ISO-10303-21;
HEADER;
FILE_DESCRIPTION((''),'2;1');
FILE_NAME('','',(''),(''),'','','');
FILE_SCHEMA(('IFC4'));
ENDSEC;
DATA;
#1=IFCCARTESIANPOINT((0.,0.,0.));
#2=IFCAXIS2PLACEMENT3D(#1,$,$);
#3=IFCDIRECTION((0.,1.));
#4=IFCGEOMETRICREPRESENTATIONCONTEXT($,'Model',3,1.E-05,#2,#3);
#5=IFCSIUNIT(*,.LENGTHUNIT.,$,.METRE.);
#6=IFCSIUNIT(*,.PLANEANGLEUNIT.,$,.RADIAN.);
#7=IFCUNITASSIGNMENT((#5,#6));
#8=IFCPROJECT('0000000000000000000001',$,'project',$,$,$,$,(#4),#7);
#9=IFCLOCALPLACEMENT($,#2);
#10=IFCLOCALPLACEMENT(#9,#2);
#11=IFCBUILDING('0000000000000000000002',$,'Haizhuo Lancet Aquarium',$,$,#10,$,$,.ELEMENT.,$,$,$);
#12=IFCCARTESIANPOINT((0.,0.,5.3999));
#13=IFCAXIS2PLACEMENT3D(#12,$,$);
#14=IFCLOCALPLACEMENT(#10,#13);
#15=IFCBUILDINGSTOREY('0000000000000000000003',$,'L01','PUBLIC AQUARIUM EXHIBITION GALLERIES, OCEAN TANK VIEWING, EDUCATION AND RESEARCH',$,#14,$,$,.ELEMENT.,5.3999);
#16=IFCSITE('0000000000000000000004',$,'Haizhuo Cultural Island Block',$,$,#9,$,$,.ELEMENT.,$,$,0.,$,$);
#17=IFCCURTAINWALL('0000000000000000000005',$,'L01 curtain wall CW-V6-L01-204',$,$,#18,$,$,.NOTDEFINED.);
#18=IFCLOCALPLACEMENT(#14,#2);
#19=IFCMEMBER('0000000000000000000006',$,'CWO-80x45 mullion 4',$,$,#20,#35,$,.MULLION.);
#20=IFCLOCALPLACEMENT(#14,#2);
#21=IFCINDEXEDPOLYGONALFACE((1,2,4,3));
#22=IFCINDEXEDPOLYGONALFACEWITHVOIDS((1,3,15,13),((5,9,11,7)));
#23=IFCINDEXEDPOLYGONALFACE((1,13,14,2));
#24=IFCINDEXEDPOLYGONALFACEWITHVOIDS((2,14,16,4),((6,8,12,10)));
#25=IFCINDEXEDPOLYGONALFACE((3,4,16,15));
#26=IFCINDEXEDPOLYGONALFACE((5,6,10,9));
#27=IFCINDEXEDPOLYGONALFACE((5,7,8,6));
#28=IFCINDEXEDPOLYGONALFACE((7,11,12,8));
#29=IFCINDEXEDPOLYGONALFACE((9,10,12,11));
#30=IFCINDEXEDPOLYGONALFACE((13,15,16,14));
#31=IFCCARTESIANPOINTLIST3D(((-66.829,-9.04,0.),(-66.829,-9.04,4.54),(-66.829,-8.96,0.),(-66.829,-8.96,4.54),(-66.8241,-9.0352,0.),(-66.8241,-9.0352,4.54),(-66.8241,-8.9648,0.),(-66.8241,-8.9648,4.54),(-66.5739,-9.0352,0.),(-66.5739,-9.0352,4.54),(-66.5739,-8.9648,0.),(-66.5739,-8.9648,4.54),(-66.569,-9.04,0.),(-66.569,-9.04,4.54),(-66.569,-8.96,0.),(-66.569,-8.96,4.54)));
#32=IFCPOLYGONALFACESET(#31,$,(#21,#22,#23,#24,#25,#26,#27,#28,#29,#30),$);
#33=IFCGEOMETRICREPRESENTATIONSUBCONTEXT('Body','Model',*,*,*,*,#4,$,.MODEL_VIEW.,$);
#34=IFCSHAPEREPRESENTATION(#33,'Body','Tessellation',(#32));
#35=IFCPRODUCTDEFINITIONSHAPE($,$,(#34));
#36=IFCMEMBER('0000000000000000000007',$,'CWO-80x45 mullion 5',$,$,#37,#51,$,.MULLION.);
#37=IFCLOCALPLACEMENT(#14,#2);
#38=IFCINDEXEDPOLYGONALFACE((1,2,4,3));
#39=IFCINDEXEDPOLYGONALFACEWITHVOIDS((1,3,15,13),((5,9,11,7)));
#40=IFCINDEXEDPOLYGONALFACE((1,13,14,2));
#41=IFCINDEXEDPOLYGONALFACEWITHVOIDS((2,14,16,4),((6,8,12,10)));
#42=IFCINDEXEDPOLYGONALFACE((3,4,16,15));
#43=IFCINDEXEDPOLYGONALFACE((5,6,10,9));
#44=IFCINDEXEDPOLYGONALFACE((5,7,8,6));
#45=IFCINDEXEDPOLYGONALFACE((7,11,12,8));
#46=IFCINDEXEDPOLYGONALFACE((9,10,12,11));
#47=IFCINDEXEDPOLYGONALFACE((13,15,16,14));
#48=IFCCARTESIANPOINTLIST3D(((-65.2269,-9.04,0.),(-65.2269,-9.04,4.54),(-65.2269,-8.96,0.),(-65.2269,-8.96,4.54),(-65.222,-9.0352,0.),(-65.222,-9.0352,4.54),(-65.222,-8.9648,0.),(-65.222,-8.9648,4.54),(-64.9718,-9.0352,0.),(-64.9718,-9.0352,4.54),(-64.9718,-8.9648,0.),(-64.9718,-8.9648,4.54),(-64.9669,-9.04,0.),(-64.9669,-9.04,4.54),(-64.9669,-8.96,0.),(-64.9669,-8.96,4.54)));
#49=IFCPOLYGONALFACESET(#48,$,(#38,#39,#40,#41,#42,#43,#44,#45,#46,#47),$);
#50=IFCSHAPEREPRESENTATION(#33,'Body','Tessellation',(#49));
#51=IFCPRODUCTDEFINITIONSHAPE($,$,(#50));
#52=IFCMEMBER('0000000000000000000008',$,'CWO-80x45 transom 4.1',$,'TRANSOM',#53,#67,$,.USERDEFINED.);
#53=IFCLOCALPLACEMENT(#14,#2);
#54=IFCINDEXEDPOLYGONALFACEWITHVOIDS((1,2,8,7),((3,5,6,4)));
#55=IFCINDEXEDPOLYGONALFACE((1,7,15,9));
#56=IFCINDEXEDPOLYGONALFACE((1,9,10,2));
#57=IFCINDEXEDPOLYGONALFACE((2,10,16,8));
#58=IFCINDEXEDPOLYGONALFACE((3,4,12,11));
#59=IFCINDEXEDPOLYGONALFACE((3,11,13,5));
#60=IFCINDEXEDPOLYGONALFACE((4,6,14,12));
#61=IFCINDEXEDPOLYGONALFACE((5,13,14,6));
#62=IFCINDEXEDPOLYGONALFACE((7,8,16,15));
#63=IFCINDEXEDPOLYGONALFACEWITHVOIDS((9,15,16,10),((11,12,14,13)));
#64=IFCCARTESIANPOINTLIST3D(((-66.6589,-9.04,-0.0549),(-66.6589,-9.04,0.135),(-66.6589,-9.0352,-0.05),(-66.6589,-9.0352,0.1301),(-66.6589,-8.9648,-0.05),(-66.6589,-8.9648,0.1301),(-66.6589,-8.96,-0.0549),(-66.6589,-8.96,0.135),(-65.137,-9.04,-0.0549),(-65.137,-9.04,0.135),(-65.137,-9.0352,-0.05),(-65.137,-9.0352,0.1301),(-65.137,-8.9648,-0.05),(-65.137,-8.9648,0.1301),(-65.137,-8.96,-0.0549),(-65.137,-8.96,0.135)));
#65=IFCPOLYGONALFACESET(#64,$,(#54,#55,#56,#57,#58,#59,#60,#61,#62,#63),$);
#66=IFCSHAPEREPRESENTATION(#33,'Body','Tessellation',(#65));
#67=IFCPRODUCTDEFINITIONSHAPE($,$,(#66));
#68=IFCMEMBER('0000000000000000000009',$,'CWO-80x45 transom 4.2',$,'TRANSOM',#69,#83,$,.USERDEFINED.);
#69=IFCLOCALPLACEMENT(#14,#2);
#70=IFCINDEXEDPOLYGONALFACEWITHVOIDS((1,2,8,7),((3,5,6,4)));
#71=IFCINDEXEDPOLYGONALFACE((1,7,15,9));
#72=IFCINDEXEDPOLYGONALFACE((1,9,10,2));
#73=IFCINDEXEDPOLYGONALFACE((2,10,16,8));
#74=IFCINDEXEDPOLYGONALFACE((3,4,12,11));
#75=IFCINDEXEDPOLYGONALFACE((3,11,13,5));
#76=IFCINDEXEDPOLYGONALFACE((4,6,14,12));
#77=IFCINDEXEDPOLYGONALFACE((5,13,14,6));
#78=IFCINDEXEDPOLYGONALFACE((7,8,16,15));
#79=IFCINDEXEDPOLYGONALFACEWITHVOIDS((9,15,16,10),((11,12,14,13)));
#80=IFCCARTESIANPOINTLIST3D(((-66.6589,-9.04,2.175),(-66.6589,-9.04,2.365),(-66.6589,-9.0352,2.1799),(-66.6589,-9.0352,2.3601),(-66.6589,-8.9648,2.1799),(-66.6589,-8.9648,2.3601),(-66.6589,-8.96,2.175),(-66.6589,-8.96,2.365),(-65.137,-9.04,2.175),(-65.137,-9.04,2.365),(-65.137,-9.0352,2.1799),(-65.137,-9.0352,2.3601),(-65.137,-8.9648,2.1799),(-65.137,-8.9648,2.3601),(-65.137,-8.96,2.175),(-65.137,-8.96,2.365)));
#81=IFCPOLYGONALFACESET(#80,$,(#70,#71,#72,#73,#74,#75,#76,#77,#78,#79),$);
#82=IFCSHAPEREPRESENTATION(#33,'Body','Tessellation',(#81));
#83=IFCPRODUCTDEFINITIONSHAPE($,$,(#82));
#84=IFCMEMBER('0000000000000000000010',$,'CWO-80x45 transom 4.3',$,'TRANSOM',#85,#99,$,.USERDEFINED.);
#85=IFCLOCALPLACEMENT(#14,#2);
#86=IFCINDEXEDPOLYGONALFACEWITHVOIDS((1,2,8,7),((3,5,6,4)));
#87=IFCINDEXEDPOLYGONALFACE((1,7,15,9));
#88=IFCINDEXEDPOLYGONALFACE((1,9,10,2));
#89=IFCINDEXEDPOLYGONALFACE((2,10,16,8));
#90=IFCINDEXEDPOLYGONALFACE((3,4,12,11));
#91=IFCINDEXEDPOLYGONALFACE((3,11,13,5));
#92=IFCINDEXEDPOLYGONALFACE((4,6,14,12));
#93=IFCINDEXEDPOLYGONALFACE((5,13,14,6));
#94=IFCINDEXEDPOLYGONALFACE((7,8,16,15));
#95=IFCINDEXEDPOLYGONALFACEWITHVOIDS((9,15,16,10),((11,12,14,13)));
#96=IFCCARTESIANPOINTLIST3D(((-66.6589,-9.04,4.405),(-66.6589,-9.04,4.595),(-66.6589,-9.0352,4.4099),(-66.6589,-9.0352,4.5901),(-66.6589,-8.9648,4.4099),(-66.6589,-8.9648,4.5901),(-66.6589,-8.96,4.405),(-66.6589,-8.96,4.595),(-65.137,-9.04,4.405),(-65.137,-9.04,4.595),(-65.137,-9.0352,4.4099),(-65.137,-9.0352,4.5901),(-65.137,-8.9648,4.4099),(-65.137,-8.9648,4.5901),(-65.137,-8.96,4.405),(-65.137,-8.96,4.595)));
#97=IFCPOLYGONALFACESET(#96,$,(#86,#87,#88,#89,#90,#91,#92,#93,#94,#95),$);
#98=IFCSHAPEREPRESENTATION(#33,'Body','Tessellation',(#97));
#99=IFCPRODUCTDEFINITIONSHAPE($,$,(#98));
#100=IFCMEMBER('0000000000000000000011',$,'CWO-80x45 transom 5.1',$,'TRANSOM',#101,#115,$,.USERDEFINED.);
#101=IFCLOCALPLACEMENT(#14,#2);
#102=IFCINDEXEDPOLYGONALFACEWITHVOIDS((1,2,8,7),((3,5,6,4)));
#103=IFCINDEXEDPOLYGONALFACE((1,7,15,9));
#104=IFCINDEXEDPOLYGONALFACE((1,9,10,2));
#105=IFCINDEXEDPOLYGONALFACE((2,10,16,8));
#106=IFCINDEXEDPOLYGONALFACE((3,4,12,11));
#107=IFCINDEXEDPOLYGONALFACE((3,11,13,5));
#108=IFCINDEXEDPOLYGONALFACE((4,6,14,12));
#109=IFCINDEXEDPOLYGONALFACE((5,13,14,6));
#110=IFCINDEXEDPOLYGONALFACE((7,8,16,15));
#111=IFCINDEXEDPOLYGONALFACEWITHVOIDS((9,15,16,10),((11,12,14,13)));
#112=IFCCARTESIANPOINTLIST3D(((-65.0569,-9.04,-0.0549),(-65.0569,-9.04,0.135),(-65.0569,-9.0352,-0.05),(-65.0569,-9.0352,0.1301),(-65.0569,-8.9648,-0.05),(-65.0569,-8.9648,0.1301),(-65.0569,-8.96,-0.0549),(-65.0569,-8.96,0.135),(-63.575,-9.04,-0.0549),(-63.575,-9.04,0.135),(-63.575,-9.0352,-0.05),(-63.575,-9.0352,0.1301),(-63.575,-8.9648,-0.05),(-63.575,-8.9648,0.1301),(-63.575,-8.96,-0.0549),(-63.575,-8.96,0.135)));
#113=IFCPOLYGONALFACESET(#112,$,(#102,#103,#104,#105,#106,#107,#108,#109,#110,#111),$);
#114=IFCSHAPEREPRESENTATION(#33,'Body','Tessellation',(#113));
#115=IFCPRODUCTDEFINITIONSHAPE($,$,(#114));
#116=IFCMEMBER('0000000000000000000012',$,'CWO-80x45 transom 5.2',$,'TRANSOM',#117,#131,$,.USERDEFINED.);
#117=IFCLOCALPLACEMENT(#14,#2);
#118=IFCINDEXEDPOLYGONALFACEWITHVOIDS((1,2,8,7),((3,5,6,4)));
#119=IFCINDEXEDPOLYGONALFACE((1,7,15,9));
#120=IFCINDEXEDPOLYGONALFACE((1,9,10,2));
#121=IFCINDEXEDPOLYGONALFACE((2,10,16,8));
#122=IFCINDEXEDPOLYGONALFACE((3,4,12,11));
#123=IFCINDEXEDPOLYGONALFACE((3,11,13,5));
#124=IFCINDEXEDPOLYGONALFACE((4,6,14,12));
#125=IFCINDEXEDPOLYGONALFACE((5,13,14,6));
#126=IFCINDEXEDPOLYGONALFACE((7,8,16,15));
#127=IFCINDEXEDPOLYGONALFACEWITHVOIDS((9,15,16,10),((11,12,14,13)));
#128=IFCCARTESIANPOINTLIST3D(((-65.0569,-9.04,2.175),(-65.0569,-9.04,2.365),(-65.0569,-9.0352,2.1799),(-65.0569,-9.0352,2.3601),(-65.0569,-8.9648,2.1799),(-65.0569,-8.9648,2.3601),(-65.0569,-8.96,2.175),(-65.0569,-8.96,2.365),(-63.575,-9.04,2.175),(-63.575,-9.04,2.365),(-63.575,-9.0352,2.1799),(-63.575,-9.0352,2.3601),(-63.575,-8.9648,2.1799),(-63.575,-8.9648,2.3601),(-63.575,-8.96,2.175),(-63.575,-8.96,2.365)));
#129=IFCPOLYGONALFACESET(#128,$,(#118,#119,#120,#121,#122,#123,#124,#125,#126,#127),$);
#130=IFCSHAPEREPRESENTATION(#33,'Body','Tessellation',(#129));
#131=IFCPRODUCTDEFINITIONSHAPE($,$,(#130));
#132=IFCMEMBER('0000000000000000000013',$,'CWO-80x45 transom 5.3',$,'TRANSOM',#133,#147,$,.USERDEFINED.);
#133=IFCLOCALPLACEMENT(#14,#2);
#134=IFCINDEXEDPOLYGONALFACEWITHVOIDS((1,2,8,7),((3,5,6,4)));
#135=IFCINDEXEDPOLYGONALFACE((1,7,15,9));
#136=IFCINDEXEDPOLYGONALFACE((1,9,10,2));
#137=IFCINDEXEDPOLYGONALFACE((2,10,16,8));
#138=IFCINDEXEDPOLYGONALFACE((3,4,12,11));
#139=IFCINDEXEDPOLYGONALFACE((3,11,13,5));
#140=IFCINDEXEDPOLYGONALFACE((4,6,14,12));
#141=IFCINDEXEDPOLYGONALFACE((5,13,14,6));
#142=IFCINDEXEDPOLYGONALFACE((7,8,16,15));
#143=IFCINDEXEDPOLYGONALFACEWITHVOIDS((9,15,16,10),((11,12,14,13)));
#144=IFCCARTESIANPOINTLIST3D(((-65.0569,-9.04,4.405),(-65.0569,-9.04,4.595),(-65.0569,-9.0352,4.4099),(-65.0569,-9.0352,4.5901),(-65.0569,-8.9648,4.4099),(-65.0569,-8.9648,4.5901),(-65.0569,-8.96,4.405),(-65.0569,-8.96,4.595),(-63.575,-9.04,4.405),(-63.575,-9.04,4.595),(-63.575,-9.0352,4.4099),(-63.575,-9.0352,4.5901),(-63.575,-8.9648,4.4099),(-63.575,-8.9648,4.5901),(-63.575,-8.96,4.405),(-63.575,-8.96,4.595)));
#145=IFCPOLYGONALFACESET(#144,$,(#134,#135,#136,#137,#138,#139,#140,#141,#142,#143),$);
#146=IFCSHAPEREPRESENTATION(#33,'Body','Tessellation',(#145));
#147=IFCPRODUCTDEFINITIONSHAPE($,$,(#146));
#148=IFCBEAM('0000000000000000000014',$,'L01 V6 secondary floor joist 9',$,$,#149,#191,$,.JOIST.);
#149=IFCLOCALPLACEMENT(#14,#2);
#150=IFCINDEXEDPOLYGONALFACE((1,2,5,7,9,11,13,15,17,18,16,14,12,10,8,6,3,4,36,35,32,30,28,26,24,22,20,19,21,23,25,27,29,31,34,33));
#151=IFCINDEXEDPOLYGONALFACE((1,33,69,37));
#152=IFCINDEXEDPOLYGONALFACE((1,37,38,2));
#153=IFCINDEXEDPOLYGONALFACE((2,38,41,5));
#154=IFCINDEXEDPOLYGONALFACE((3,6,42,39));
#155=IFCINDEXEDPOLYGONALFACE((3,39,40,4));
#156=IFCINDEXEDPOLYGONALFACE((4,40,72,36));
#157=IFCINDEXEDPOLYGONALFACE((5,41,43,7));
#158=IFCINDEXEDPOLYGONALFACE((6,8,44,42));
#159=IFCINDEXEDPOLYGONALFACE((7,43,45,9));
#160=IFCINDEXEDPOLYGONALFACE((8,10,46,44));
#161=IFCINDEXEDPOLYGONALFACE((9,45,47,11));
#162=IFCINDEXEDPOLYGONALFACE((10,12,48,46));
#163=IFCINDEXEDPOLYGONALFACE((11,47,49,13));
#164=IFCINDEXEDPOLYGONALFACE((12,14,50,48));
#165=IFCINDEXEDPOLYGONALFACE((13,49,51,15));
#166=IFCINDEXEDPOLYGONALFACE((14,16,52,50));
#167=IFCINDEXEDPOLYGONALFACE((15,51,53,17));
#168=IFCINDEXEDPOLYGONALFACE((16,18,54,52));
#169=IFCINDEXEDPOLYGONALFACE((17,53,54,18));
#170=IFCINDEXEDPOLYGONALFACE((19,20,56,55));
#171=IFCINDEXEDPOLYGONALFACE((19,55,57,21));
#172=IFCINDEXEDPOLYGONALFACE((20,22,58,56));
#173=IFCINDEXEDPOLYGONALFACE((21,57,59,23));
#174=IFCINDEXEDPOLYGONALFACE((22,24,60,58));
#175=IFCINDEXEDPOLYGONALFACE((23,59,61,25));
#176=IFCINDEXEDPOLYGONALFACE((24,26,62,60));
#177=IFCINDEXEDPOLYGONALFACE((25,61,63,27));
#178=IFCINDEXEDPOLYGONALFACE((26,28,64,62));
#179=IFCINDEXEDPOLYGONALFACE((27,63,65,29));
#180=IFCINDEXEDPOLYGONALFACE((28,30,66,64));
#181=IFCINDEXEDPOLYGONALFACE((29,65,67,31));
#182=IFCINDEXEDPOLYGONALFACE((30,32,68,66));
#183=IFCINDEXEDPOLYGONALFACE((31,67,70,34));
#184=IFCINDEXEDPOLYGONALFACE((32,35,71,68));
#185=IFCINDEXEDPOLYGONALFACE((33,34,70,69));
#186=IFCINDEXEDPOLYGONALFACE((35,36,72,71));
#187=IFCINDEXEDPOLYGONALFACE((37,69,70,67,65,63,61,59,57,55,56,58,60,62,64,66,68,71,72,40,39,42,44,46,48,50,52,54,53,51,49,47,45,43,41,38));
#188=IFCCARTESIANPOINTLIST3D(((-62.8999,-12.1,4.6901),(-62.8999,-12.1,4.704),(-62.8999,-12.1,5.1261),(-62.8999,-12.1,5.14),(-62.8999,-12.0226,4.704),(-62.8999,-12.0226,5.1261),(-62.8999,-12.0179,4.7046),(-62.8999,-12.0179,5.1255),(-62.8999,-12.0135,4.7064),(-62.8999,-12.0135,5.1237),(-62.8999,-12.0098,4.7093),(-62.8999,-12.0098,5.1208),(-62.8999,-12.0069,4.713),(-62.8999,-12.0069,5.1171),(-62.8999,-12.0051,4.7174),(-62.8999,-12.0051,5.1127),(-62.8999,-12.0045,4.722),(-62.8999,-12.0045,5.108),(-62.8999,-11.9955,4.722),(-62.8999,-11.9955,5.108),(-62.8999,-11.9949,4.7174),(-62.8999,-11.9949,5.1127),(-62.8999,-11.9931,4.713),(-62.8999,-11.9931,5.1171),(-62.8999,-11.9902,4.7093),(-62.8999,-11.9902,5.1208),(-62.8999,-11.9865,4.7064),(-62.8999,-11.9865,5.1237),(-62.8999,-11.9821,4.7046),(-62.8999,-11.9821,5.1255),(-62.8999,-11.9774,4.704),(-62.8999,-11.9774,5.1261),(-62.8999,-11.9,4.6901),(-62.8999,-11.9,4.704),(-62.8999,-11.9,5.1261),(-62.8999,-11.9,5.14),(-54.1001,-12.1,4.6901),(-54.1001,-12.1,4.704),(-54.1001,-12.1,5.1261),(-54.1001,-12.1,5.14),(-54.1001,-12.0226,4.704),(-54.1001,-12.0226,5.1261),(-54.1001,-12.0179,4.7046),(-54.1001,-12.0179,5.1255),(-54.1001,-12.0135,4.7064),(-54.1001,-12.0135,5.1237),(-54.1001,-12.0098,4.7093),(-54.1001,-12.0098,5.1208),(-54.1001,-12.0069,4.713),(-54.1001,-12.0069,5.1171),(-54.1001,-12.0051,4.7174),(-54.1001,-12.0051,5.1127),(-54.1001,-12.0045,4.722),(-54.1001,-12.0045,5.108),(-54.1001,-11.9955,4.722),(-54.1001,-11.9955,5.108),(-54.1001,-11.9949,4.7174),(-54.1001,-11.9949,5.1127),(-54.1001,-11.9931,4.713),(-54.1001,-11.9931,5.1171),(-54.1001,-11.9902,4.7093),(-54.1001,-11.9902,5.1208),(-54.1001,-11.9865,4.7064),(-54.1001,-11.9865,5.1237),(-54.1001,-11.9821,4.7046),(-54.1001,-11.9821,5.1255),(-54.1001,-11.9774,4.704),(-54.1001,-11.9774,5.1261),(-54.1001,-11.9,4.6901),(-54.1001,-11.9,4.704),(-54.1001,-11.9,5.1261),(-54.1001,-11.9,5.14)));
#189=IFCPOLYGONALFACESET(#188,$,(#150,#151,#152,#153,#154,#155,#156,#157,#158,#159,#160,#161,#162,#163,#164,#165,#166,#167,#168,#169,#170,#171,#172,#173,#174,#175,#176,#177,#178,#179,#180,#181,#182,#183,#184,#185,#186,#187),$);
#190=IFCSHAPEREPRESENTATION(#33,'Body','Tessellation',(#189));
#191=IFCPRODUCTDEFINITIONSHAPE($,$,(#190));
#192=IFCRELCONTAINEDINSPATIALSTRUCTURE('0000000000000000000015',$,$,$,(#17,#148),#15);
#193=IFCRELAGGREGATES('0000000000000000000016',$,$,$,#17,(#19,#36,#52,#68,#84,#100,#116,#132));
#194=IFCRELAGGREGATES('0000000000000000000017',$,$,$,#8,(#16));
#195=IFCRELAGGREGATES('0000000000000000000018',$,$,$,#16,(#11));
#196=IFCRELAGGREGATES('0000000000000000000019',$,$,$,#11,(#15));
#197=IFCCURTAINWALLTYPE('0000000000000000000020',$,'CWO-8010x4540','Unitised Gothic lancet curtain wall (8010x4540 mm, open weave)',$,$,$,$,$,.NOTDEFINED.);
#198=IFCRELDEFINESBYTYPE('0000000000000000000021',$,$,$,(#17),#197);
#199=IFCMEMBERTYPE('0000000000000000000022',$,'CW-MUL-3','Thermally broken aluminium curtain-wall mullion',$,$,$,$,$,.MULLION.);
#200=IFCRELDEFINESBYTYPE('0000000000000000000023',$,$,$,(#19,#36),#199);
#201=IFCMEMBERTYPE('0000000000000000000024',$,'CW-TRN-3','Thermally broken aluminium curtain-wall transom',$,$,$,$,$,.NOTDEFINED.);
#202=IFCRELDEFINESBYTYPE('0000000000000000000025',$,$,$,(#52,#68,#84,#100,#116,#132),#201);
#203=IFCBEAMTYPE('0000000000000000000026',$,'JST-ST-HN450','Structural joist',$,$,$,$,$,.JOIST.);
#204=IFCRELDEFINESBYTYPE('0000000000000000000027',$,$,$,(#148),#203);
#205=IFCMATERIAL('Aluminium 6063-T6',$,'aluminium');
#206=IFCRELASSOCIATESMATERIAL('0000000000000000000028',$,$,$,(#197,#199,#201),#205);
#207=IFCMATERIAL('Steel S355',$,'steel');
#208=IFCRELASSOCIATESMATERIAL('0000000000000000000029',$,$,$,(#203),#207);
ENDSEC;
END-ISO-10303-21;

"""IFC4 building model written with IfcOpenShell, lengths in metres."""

from ifc_helpers import new_model, si_unit, direction, frame, origin, origin_2d, place, context, subcontext, project, spatial, hollow_rectangle, i_section, extrude, material, material_profile, profile_set, type_object, element, aggregate, save


model = new_model("IFC4")

# Units and contexts
model_context = context("Model", 3, precision=1e-05, world=origin(), true_north=direction((0.0, 1.0)))
body_context = subcontext(model_context, "Body", "Model", "MODEL_VIEW")
ifc_project = project(units=[si_unit("LENGTHUNIT", "METRE"), si_unit("PLANEANGLEUNIT", "RADIAN")], contexts=[model_context])

# Site, building, storey
site_placement = place(None, origin())
site = spatial("IfcSite", under=ifc_project, at=site_placement, Name="Haizhuo Cultural Island Block", CompositionType="ELEMENT", RefElevation=0.0)
building_placement = place(site_placement, origin())
building = spatial("IfcBuilding", under=site, at=building_placement, Name="Haizhuo Lancet Aquarium", CompositionType="ELEMENT")
storey_placement = place(building_placement, frame((0.0, 0.0, 5.3999)))
storey = spatial("IfcBuildingStorey", under=building, at=storey_placement, Name="L01", Description="PUBLIC AQUARIUM EXHIBITION GALLERIES, OCEAN TANK VIEWING, EDUCATION AND RESEARCH", CompositionType="ELEMENT", Elevation=5.3999)

# Curtain wall, members
ifc_material_1 = material(Name="Aluminium 6063-T6", Category="aluminium")
curtain_wall_type = type_object("IfcCurtainWallType", Name="CWO-8010x4540", Description="Unitised Gothic lancet curtain wall (8010x4540 mm, open weave)", PredefinedType="NOTDEFINED", material=ifc_material_1)
curtain_wall_placement = place(storey_placement, origin())
curtain_wall = element("IfcCurtainWall", 1, at=curtain_wall_placement, inside=storey, type_object=curtain_wall_type, Name="L01 curtain wall CW-V6-L01-204", PredefinedType="NOTDEFINED")
ifc_material_profile_1 = material_profile(ifc_material_1, hollow_rectangle(XDim=0.0801, YDim=0.26, WallThickness=0.0049, at=origin_2d()), Name="ALU-M 80x260x5")
ifc_profile_set_1 = profile_set([ifc_material_profile_1], Name="Aluminium 6063-T6")
member_type_1 = type_object("IfcMemberType", Name="CW-MUL-3", Description="Thermally broken aluminium curtain-wall mullion", PredefinedType="MULLION", material=ifc_profile_set_1)
member_1_placement = place(storey_placement, frame((-66.699, -9.0, 0.0), z_axis=(0.0, 0.0, 1.0), x_axis=(0.0, 1.0, 0.0)))
member_1 = element("IfcMember", 2, at=member_1_placement, type_object=member_type_1, Name="CWO-80x45 mullion 4", PredefinedType="MULLION", context=body_context, shape_type="SweptSolid", body=[
    extrude(hollow_rectangle(XDim=0.0801, YDim=0.26, WallThickness=0.0049, at=origin_2d()), origin(), (0.0, 0.0, 1.0), 4.54),
])
member_2_placement = place(storey_placement, frame((-65.0969, -9.0, 0.0), z_axis=(0.0, 0.0, 1.0), x_axis=(0.0, 1.0, 0.0)))
member_2 = element("IfcMember", 3, at=member_2_placement, type_object=member_type_1, Name="CWO-80x45 mullion 5", PredefinedType="MULLION", context=body_context, shape_type="SweptSolid", body=[
    extrude(hollow_rectangle(XDim=0.0801, YDim=0.26, WallThickness=0.0049, at=origin_2d()), origin(), (0.0, 0.0, 1.0), 4.54),
])
ifc_material_profile_2 = material_profile(ifc_material_1, hollow_rectangle(XDim=0.0801, YDim=0.1899, WallThickness=0.0049, at=origin_2d()), Name="ALU-T 80x190x5")
ifc_profile_set_2 = profile_set([ifc_material_profile_2], Name="Aluminium 6063-T6")
member_type_2 = type_object("IfcMemberType", Name="CW-TRN-3", Description="Thermally broken aluminium curtain-wall transom", PredefinedType="NOTDEFINED", material=ifc_profile_set_2)
member_3_placement = place(storey_placement, frame((-66.6589, -9.0, 0.04), z_axis=(1.0, 0.0, 0.0), x_axis=(0.0, 1.0, 0.0)))
member_3 = element("IfcMember", 4, at=member_3_placement, type_object=member_type_2, Name="CWO-80x45 transom 4.1", ObjectType="TRANSOM", PredefinedType="USERDEFINED", context=body_context, shape_type="SweptSolid", body=[
    extrude(hollow_rectangle(XDim=0.0801, YDim=0.1899, WallThickness=0.0049, at=origin_2d()), origin(), (0.0, 0.0, 1.0), 1.522),
])
member_4_placement = place(storey_placement, frame((-66.6589, -9.0, 2.27), z_axis=(1.0, 0.0, 0.0), x_axis=(0.0, 1.0, 0.0)))
member_4 = element("IfcMember", 5, at=member_4_placement, type_object=member_type_2, Name="CWO-80x45 transom 4.2", ObjectType="TRANSOM", PredefinedType="USERDEFINED", context=body_context, shape_type="SweptSolid", body=[
    extrude(hollow_rectangle(XDim=0.0801, YDim=0.1899, WallThickness=0.0049, at=origin_2d()), origin(), (0.0, 0.0, 1.0), 1.522),
])
member_5_placement = place(storey_placement, frame((-66.6589, -9.0, 4.5), z_axis=(1.0, 0.0, 0.0), x_axis=(0.0, 1.0, 0.0)))
member_5 = element("IfcMember", 6, at=member_5_placement, type_object=member_type_2, Name="CWO-80x45 transom 4.3", ObjectType="TRANSOM", PredefinedType="USERDEFINED", context=body_context, shape_type="SweptSolid", body=[
    extrude(hollow_rectangle(XDim=0.0801, YDim=0.1899, WallThickness=0.0049, at=origin_2d()), origin(), (0.0, 0.0, 1.0), 1.522),
])
member_6_placement = place(storey_placement, frame((-65.0569, -9.0, 0.04), z_axis=(1.0, 0.0, 0.0), x_axis=(0.0, 1.0, 0.0)))
member_6 = element("IfcMember", 7, at=member_6_placement, type_object=member_type_2, Name="CWO-80x45 transom 5.1", ObjectType="TRANSOM", PredefinedType="USERDEFINED", context=body_context, shape_type="SweptSolid", body=[
    extrude(hollow_rectangle(XDim=0.0801, YDim=0.1899, WallThickness=0.0049, at=origin_2d()), origin(), (0.0, 0.0, 1.0), 1.4819),
])
member_7_placement = place(storey_placement, frame((-65.0569, -9.0, 2.27), z_axis=(1.0, 0.0, 0.0), x_axis=(0.0, 1.0, 0.0)))
member_7 = element("IfcMember", 8, at=member_7_placement, type_object=member_type_2, Name="CWO-80x45 transom 5.2", ObjectType="TRANSOM", PredefinedType="USERDEFINED", context=body_context, shape_type="SweptSolid", body=[
    extrude(hollow_rectangle(XDim=0.0801, YDim=0.1899, WallThickness=0.0049, at=origin_2d()), origin(), (0.0, 0.0, 1.0), 1.4819),
])
member_8_placement = place(storey_placement, frame((-65.0569, -9.0, 4.5), z_axis=(1.0, 0.0, 0.0), x_axis=(0.0, 1.0, 0.0)))
member_8 = element("IfcMember", 9, at=member_8_placement, type_object=member_type_2, Name="CWO-80x45 transom 5.3", ObjectType="TRANSOM", PredefinedType="USERDEFINED", context=body_context, shape_type="SweptSolid", body=[
    extrude(hollow_rectangle(XDim=0.0801, YDim=0.1899, WallThickness=0.0049, at=origin_2d()), origin(), (0.0, 0.0, 1.0), 1.4819),
])

# Beam
ifc_material_2 = material(Name="Steel S355", Category="steel")
ifc_material_profile_3 = material_profile(ifc_material_2, i_section(OverallWidth=0.2, OverallDepth=0.45, WebThickness=0.009, FlangeThickness=0.0139, FilletRadius=0.0181, at=origin_2d()), Name="HN 450x200x9x14")
ifc_profile_set_3 = profile_set([ifc_material_profile_3], Name="Steel S355")
beam_type = type_object("IfcBeamType", Name="JST-ST-HN450", Description="Structural joist", PredefinedType="JOIST", material=ifc_profile_set_3)
beam_placement = place(storey_placement, frame((-62.8999, -12.0, 4.915), z_axis=(1.0, 0.0, 0.0), x_axis=(0.0, 1.0, 0.0)))
element("IfcBeam", 10, at=beam_placement, inside=storey, type_object=beam_type, Name="L01 V6 secondary floor joist 9", PredefinedType="JOIST", context=body_context, shape_type="SweptSolid", body=[
    extrude(i_section(OverallWidth=0.2, OverallDepth=0.45, WebThickness=0.009, FlangeThickness=0.0139, FilletRadius=0.0181, at=origin_2d()), origin(), (0.0, 0.0, 1.0), 8.7998),
])

aggregate(curtain_wall, [member_1, member_2, member_3, member_4, member_5, member_6, member_7, member_8])

save(model, "model.ifc")
